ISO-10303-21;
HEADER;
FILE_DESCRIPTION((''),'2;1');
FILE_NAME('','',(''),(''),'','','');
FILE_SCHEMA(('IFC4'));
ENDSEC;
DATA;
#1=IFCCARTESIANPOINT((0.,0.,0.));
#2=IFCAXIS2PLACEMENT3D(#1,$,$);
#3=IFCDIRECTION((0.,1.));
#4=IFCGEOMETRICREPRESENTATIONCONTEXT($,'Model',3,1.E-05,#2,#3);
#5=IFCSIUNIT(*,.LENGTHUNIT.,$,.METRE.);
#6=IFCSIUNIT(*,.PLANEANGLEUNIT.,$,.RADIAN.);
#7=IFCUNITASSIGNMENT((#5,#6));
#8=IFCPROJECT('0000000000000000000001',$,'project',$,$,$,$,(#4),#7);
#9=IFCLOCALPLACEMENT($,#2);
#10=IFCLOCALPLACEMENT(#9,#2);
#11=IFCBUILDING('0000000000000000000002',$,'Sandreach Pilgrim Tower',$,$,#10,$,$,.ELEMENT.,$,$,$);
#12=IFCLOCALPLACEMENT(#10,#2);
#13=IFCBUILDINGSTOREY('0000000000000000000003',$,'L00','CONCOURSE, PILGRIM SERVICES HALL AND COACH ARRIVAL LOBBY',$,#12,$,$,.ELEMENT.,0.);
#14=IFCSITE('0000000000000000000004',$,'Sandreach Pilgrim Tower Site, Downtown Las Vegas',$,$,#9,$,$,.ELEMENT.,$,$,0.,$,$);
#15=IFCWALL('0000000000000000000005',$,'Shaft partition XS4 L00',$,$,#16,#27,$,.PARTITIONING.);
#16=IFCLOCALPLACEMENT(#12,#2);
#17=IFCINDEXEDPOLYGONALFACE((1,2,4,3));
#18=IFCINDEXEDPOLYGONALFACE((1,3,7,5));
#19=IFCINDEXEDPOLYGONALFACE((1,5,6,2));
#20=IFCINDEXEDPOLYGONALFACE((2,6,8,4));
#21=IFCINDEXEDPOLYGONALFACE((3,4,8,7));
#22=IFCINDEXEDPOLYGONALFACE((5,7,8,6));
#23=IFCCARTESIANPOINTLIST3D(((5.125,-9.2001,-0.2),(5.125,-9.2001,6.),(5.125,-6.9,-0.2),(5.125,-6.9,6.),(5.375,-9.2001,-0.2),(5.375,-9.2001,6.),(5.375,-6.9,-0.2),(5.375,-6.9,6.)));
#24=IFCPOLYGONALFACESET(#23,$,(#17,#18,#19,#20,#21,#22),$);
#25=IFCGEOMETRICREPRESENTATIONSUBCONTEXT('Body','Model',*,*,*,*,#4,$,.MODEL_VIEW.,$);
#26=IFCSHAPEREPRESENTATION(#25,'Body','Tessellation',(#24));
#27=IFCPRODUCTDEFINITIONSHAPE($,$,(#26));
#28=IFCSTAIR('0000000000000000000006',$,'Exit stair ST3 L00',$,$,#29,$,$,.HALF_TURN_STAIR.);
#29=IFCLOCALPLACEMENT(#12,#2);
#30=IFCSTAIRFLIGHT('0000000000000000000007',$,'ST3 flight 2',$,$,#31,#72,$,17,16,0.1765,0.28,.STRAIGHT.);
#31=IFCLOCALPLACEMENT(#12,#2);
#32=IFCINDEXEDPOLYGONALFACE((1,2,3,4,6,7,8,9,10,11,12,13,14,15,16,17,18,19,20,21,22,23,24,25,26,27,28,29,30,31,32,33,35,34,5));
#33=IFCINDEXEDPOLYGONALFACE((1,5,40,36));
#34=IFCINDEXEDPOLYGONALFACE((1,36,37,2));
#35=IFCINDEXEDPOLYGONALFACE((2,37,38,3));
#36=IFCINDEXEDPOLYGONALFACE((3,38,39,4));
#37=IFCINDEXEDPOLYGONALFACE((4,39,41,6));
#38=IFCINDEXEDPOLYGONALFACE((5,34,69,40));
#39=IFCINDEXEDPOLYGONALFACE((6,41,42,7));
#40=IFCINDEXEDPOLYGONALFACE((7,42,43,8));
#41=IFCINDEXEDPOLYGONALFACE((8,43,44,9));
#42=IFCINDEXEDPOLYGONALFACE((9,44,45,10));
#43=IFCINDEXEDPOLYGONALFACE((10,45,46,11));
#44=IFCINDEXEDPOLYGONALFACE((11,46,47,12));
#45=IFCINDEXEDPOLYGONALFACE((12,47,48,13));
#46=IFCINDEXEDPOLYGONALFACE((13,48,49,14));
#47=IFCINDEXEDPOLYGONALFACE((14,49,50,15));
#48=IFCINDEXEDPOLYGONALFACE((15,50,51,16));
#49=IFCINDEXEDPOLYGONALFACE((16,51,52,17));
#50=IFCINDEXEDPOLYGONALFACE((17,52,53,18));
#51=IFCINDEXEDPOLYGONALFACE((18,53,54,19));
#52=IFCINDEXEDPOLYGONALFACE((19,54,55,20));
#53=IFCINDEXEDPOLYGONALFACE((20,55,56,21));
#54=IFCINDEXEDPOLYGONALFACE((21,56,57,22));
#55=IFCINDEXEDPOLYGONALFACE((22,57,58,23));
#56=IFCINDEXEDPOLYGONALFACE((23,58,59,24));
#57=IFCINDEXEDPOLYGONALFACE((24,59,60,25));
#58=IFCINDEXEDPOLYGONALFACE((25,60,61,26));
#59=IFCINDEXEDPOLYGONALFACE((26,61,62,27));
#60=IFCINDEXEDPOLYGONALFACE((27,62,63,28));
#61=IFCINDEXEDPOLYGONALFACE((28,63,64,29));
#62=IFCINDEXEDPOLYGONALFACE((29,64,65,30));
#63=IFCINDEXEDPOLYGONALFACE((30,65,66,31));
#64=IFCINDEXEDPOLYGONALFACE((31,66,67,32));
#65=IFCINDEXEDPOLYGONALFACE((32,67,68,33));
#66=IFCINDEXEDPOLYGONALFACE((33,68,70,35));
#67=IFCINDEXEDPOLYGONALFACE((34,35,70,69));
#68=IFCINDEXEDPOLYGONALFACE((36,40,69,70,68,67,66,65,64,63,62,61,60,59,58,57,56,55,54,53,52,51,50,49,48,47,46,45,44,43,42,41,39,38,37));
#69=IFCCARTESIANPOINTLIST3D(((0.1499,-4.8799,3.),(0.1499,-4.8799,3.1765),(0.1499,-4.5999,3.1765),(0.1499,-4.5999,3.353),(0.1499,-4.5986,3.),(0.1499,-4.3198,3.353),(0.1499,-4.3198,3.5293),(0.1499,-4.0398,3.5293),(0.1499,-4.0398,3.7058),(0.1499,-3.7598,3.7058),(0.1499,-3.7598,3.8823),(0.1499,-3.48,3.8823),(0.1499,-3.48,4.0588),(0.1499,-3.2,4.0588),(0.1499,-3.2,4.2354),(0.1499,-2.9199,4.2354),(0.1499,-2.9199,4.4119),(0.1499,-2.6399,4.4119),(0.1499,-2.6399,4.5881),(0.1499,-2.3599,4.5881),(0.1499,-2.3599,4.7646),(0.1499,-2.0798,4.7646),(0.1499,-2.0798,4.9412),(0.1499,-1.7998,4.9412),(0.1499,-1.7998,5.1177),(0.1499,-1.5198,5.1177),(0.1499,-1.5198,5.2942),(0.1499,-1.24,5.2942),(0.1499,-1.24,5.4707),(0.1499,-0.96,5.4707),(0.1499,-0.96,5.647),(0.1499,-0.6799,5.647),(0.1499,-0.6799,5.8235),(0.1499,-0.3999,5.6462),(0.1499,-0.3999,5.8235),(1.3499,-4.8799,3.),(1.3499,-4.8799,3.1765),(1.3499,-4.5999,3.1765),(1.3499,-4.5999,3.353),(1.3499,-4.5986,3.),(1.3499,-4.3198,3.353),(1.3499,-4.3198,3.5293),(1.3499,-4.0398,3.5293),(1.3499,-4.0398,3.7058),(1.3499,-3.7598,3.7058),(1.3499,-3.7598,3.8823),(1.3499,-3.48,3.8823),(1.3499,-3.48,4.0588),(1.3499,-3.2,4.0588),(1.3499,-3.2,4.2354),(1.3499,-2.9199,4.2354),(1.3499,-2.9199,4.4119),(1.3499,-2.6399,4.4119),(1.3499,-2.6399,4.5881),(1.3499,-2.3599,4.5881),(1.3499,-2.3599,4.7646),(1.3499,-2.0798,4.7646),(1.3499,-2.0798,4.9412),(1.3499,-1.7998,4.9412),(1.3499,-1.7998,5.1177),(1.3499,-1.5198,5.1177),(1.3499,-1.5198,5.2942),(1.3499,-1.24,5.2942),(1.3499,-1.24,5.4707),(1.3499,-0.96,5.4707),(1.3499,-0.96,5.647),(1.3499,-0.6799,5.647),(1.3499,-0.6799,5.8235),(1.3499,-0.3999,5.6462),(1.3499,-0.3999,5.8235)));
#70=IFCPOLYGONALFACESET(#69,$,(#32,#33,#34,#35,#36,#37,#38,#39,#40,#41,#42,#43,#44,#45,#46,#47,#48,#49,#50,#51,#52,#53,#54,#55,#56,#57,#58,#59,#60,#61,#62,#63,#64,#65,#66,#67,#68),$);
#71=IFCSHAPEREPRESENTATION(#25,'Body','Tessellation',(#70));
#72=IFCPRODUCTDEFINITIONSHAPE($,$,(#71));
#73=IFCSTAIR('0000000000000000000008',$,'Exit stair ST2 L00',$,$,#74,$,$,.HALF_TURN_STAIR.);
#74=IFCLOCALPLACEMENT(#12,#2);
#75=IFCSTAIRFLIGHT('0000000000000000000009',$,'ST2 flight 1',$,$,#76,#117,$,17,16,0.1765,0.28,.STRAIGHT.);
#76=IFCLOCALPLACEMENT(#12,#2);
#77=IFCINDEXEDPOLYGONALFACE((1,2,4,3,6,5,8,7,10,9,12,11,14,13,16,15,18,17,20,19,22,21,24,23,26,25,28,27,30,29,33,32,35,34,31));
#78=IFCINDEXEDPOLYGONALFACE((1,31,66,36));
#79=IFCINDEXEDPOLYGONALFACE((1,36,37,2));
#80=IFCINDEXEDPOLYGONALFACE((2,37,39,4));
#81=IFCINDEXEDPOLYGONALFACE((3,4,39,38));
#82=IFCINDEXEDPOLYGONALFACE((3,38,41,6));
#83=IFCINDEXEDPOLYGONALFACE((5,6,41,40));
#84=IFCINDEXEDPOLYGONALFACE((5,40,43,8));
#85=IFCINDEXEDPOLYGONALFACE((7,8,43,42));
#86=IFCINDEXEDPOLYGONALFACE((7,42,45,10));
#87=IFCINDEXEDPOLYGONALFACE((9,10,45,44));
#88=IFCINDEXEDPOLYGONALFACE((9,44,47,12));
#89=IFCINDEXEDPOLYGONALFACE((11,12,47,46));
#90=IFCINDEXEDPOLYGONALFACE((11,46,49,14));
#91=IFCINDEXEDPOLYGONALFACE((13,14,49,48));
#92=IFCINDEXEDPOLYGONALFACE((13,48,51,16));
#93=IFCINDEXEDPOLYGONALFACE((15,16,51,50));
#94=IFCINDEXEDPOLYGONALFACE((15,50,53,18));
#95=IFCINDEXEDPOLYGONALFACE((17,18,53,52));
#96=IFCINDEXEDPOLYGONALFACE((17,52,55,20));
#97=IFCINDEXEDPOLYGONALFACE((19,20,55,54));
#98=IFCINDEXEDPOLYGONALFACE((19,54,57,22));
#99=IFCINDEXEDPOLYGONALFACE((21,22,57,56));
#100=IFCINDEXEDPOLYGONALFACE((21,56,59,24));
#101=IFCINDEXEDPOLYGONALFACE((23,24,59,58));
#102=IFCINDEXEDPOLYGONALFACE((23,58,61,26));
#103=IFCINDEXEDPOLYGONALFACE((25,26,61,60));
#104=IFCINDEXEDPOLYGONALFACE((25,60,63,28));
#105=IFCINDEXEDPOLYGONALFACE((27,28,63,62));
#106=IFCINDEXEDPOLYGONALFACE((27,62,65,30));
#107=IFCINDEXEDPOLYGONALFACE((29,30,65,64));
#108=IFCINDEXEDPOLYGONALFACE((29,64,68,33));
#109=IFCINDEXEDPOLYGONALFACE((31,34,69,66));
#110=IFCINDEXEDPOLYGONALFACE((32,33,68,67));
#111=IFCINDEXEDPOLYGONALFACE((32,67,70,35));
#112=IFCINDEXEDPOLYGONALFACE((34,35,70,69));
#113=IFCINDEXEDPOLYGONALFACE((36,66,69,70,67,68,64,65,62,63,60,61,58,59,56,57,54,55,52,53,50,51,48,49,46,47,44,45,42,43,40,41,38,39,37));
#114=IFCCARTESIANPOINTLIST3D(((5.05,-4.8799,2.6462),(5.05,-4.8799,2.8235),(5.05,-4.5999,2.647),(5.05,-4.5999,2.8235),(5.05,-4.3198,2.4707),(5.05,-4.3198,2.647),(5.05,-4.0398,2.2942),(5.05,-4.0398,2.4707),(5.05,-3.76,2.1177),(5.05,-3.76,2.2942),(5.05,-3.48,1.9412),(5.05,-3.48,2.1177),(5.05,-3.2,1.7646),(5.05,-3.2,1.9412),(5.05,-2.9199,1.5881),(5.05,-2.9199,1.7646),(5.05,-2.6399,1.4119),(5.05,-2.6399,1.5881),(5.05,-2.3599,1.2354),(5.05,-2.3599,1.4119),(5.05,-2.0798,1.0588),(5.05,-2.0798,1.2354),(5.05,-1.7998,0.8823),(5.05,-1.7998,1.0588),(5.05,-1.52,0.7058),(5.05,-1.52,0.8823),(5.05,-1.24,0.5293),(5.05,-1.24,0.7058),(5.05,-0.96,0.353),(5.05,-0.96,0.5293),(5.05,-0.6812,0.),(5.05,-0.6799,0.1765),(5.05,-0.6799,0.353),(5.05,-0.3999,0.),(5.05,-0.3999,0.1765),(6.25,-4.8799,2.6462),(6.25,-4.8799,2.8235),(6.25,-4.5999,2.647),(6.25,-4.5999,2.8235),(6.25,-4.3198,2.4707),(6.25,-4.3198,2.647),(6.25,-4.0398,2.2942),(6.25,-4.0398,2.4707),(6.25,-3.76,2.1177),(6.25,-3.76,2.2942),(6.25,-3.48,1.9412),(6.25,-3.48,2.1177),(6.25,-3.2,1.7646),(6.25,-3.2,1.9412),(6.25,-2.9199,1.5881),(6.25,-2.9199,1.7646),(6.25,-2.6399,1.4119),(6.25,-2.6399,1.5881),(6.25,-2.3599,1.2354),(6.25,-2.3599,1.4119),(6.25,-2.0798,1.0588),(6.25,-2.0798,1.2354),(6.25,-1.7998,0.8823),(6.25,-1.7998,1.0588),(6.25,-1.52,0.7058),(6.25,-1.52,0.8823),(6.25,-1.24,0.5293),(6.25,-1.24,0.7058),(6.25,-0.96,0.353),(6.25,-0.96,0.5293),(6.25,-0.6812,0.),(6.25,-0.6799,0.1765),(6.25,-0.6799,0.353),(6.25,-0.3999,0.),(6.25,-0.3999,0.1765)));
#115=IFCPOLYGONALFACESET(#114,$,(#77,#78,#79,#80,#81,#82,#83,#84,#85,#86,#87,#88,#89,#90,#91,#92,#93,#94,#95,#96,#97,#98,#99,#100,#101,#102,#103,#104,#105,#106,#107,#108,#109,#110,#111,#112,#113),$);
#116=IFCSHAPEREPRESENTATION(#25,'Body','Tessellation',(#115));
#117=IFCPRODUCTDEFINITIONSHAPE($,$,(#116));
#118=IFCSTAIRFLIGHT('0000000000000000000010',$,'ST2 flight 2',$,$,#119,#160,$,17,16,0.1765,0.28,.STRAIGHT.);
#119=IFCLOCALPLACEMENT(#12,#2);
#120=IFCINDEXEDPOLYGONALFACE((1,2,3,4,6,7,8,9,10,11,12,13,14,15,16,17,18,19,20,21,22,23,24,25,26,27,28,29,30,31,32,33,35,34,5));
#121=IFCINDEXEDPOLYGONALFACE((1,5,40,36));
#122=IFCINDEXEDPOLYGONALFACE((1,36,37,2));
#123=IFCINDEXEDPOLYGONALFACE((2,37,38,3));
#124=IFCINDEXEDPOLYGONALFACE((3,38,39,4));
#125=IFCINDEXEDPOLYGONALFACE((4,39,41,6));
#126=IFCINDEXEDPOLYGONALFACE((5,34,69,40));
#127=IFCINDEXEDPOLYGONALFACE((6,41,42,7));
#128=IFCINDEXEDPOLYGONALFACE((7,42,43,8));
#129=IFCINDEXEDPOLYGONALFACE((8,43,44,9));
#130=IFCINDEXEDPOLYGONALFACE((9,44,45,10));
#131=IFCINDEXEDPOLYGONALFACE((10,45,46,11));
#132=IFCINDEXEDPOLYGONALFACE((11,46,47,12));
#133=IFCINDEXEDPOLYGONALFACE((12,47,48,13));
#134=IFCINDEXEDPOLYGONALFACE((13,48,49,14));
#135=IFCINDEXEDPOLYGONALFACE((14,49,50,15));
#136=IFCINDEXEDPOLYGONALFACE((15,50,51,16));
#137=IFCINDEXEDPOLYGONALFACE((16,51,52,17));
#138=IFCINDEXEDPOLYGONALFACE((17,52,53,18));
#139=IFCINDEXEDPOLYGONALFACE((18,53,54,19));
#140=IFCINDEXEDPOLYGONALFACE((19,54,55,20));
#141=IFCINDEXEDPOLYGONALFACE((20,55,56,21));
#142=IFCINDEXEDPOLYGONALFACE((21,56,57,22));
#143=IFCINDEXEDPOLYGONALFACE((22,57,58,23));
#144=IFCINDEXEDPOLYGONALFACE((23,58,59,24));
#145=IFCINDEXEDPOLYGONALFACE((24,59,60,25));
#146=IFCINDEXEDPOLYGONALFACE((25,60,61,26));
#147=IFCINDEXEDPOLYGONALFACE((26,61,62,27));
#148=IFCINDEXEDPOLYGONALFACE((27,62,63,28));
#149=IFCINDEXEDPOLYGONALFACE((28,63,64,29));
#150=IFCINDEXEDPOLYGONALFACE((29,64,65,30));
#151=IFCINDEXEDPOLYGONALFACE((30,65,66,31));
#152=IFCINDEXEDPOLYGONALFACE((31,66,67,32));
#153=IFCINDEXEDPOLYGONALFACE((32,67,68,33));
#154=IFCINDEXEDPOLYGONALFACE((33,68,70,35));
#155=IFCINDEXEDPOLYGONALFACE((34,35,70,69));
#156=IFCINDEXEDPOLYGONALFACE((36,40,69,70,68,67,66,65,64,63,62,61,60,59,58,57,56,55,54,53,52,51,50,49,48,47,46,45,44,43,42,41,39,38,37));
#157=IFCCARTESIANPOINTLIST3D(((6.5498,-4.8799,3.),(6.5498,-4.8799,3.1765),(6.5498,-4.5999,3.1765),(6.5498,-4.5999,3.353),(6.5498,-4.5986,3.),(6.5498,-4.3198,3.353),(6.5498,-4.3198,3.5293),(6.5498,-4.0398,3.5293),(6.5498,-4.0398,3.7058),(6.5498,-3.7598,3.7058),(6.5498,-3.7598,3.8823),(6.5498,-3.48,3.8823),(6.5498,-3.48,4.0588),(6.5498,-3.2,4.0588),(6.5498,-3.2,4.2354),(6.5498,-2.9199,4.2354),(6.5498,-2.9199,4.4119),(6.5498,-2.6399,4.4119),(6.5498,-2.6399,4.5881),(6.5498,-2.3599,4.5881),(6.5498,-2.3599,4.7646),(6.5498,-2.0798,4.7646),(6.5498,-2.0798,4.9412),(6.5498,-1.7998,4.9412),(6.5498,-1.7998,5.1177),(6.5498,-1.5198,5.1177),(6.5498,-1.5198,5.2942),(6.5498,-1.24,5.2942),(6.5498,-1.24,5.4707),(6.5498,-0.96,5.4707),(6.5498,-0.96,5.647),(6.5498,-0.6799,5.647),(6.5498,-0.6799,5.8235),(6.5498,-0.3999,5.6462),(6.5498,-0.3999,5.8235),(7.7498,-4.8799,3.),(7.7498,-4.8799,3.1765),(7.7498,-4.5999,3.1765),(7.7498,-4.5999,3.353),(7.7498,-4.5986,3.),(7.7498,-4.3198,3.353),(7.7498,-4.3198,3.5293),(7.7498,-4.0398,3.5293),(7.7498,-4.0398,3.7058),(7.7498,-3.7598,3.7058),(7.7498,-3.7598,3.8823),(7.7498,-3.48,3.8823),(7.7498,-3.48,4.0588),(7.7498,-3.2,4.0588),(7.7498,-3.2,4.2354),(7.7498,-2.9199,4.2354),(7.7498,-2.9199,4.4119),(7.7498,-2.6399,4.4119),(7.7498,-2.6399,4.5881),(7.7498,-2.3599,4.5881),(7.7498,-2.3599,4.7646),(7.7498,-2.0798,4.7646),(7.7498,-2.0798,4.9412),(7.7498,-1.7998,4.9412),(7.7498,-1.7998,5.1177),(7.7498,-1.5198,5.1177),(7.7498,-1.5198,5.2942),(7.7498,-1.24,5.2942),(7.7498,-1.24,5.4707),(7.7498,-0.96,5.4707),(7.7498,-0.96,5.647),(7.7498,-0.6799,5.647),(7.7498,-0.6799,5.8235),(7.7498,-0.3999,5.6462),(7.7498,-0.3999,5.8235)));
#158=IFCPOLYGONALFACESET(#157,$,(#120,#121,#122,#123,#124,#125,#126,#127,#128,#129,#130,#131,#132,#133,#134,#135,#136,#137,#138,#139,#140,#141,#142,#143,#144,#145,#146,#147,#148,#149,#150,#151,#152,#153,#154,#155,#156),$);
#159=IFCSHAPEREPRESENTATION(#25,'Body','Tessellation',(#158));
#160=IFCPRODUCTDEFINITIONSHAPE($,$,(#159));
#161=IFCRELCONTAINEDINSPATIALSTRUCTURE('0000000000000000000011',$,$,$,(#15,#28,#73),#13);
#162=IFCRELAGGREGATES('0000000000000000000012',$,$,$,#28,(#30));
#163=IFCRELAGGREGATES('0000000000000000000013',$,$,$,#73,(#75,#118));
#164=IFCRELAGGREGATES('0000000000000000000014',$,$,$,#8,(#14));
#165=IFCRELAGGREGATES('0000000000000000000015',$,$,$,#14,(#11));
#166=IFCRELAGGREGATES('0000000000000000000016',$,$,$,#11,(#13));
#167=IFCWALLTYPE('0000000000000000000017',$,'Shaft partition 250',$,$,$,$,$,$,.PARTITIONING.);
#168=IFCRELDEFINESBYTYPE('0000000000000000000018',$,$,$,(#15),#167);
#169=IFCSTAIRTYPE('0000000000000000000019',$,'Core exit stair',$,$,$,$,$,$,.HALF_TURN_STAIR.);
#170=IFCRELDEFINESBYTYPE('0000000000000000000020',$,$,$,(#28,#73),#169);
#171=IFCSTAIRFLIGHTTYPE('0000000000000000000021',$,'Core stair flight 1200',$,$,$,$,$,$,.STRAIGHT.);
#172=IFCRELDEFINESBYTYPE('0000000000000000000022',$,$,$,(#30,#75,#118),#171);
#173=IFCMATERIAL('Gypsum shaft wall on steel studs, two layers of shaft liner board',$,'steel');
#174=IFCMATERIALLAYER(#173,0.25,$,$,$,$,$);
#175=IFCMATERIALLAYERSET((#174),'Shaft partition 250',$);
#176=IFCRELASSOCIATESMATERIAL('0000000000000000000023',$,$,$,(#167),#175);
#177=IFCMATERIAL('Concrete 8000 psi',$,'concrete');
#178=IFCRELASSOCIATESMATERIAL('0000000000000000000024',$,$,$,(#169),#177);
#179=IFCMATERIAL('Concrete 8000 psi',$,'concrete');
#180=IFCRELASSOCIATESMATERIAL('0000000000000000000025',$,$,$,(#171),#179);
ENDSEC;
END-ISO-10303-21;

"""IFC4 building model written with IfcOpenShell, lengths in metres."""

from ifc_helpers import new_model, si_unit, direction, frame, frame_2d, origin, place, context, subcontext, project, spatial, polyline, rectangle, outline, extrude, material, layer, layer_set, type_object, element, aggregate, save


model = new_model("IFC4")

# Units and contexts
model_context = context("Model", 3, precision=1e-05, world=origin(), true_north=direction((0.0, 1.0)))
body_context = subcontext(model_context, "Body", "Model", "MODEL_VIEW")
ifc_project = project(units=[si_unit("LENGTHUNIT", "METRE"), si_unit("PLANEANGLEUNIT", "RADIAN")], contexts=[model_context])

# Site, building, storey
site_placement = place(None, origin())
site = spatial("IfcSite", under=ifc_project, at=site_placement, Name="Sandreach Pilgrim Tower Site, Downtown Las Vegas", CompositionType="ELEMENT", RefElevation=0.0)
building_placement = place(site_placement, origin())
building = spatial("IfcBuilding", under=site, at=building_placement, Name="Sandreach Pilgrim Tower", CompositionType="ELEMENT")
storey_placement = place(building_placement, origin())
storey = spatial("IfcBuildingStorey", under=building, at=storey_placement, Name="L00", Description="CONCOURSE, PILGRIM SERVICES HALL AND COACH ARRIVAL LOBBY", CompositionType="ELEMENT", Elevation=0.0)

# Wall
ifc_material_1 = material(Name="Gypsum shaft wall on steel studs, two layers of shaft liner board", Category="steel")
ifc_layer_1 = layer(ifc_material_1, 0.25)
ifc_layer_set_1 = layer_set([ifc_layer_1], Name="Shaft partition 250")
wall_type_1 = type_object("IfcWallType", Name="Shaft partition 250", PredefinedType="PARTITIONING", material=ifc_layer_set_1)
for number, where, z_axis, x_axis, name in (
    (1, (5.25, -9.2, -0.2), (0.0, 0.0, 1.0), (0.0, 1.0, 0.0), "Shaft partition XS4 L00"),
):
    element("IfcWall", number, at=place(storey_placement, frame(where, z_axis=z_axis, x_axis=x_axis)), inside=storey, type_object=wall_type_1, Name=name, PredefinedType="PARTITIONING", context=body_context, shape_type="SweptSolid", body=[
        extrude(rectangle(XDim=2.3, YDim=0.25, at=frame_2d((1.1499, 0.0))), origin(), (0.0, 0.0, 1.0), 6.2),
    ])

# Stair, stair flight
ifc_material_2 = material(Name="Concrete 8000 psi", Category="concrete")
stair_type = type_object("IfcStairType", Name="Core exit stair", PredefinedType="HALF_TURN_STAIR", material=ifc_material_2)
stair_1_placement = place(storey_placement, origin())
stair_1 = element("IfcStair", 2, at=stair_1_placement, inside=storey, type_object=stair_type, Name="Exit stair ST3 L00", PredefinedType="HALF_TURN_STAIR")
ifc_material_3 = material(Name="Concrete 8000 psi", Category="concrete")
stair_flight_type = type_object("IfcStairFlightType", Name="Core stair flight 1200", PredefinedType="STRAIGHT", material=ifc_material_3)
stair_flight_1_placement = place(storey_placement, frame((0.75, -4.8799, 3.0), z_axis=(0.0, 0.0, 1.0), x_axis=(0.0, 1.0, 0.0)))
stair_flight_1 = element("IfcStairFlight", 3, at=stair_flight_1_placement, type_object=stair_flight_type, Name="ST3 flight 2", NumberOfRisers=17, NumberOfTreads=16, PredefinedType="STRAIGHT", RiserHeight=0.1765, TreadLength=0.28, context=body_context, shape_type="SweptSolid", body=[
    extrude(outline(polyline([(0.0, 0.0), (0.0, 0.1765), (0.28, 0.1765), (0.28, 0.353), (0.5601, 0.353), (0.5601, 0.5293), (0.8401, 0.5293), (0.8401, 0.7058), (1.1201, 0.7058), (1.1201, 0.8823), (1.3999, 0.8823), (1.3999, 1.0588), (1.6799, 1.0588), (1.6799, 1.2354), (1.96, 1.2354), (1.96, 1.4119), (2.24, 1.4119), (2.24, 1.5881), (2.52, 1.5881), (2.52, 1.7646), (2.8, 1.7646), (2.8, 1.9412), (3.0801, 1.9412), (3.0801, 2.1177), (3.3601, 2.1177), (3.3601, 2.2942), (3.6399, 2.2942), (3.6399, 2.4707), (3.9199, 2.4707), (3.9199, 2.647), (4.2, 2.647), (4.2, 2.8235), (4.48, 2.8235), (4.48, 3.0), (4.48, 2.6462), (0.2812, 0.0), (0.0, 0.0)])), frame((0.0, 0.6001, 0.0), z_axis=(0.0, -1.0, 0.0), x_axis=(1.0, 0.0, 0.0)), (0.0, 0.0, 1.0), 1.2),
])
aggregate(stair_1, [stair_flight_1])

# Stair, stair flights
stair_2_placement = place(storey_placement, origin())
stair_2 = element("IfcStair", 4, at=stair_2_placement, inside=storey, type_object=stair_type, Name="Exit stair ST2 L00", PredefinedType="HALF_TURN_STAIR")
stair_flight_2_placement = place(storey_placement, frame((5.6499, -0.3999, 0.0), z_axis=(0.0, 0.0, 1.0), x_axis=(0.0, -1.0, 0.0)))
stair_flight_2 = element("IfcStairFlight", 5, at=stair_flight_2_placement, type_object=stair_flight_type, Name="ST2 flight 1", NumberOfRisers=17, NumberOfTreads=16, PredefinedType="STRAIGHT", RiserHeight=0.1765, TreadLength=0.28, context=body_context, shape_type="SweptSolid", body=[
    extrude(outline(polyline([(0.0, 0.0), (0.0, 0.1765), (0.28, 0.1765), (0.28, 0.353), (0.5601, 0.353), (0.5601, 0.5293), (0.8401, 0.5293), (0.8401, 0.7058), (1.1201, 0.7058), (1.1201, 0.8823), (1.3999, 0.8823), (1.3999, 1.0588), (1.6799, 1.0588), (1.6799, 1.2354), (1.96, 1.2354), (1.96, 1.4119), (2.24, 1.4119), (2.24, 1.5881), (2.52, 1.5881), (2.52, 1.7646), (2.8, 1.7646), (2.8, 1.9412), (3.0801, 1.9412), (3.0801, 2.1177), (3.3601, 2.1177), (3.3601, 2.2942), (3.6399, 2.2942), (3.6399, 2.4707), (3.9199, 2.4707), (3.9199, 2.647), (4.2, 2.647), (4.2, 2.8235), (4.48, 2.8235), (4.48, 3.0), (4.48, 2.6462), (0.2812, 0.0), (0.0, 0.0)])), frame((0.0, 0.6001, 0.0), z_axis=(0.0, -1.0, 0.0), x_axis=(1.0, 0.0, 0.0)), (0.0, 0.0, 1.0), 1.2),
])
stair_flight_3_placement = place(storey_placement, frame((7.1499, -4.8799, 3.0), z_axis=(0.0, 0.0, 1.0), x_axis=(0.0, 1.0, 0.0)))
stair_flight_3 = element("IfcStairFlight", 6, at=stair_flight_3_placement, type_object=stair_flight_type, Name="ST2 flight 2", NumberOfRisers=17, NumberOfTreads=16, PredefinedType="STRAIGHT", RiserHeight=0.1765, TreadLength=0.28, context=body_context, shape_type="SweptSolid", body=[
    extrude(outline(polyline([(0.0, 0.0), (0.0, 0.1765), (0.28, 0.1765), (0.28, 0.353), (0.5601, 0.353), (0.5601, 0.5293), (0.8401, 0.5293), (0.8401, 0.7058), (1.1201, 0.7058), (1.1201, 0.8823), (1.3999, 0.8823), (1.3999, 1.0588), (1.6799, 1.0588), (1.6799, 1.2354), (1.96, 1.2354), (1.96, 1.4119), (2.24, 1.4119), (2.24, 1.5881), (2.52, 1.5881), (2.52, 1.7646), (2.8, 1.7646), (2.8, 1.9412), (3.0801, 1.9412), (3.0801, 2.1177), (3.3601, 2.1177), (3.3601, 2.2942), (3.6399, 2.2942), (3.6399, 2.4707), (3.9199, 2.4707), (3.9199, 2.647), (4.2, 2.647), (4.2, 2.8235), (4.48, 2.8235), (4.48, 3.0), (4.48, 2.6462), (0.2812, 0.0), (0.0, 0.0)])), frame((0.0, 0.6001, 0.0), z_axis=(0.0, -1.0, 0.0), x_axis=(1.0, 0.0, 0.0)), (0.0, 0.0, 1.0), 1.2),
])
aggregate(stair_2, [stair_flight_2, stair_flight_3])

save(model, "model.ifc")
